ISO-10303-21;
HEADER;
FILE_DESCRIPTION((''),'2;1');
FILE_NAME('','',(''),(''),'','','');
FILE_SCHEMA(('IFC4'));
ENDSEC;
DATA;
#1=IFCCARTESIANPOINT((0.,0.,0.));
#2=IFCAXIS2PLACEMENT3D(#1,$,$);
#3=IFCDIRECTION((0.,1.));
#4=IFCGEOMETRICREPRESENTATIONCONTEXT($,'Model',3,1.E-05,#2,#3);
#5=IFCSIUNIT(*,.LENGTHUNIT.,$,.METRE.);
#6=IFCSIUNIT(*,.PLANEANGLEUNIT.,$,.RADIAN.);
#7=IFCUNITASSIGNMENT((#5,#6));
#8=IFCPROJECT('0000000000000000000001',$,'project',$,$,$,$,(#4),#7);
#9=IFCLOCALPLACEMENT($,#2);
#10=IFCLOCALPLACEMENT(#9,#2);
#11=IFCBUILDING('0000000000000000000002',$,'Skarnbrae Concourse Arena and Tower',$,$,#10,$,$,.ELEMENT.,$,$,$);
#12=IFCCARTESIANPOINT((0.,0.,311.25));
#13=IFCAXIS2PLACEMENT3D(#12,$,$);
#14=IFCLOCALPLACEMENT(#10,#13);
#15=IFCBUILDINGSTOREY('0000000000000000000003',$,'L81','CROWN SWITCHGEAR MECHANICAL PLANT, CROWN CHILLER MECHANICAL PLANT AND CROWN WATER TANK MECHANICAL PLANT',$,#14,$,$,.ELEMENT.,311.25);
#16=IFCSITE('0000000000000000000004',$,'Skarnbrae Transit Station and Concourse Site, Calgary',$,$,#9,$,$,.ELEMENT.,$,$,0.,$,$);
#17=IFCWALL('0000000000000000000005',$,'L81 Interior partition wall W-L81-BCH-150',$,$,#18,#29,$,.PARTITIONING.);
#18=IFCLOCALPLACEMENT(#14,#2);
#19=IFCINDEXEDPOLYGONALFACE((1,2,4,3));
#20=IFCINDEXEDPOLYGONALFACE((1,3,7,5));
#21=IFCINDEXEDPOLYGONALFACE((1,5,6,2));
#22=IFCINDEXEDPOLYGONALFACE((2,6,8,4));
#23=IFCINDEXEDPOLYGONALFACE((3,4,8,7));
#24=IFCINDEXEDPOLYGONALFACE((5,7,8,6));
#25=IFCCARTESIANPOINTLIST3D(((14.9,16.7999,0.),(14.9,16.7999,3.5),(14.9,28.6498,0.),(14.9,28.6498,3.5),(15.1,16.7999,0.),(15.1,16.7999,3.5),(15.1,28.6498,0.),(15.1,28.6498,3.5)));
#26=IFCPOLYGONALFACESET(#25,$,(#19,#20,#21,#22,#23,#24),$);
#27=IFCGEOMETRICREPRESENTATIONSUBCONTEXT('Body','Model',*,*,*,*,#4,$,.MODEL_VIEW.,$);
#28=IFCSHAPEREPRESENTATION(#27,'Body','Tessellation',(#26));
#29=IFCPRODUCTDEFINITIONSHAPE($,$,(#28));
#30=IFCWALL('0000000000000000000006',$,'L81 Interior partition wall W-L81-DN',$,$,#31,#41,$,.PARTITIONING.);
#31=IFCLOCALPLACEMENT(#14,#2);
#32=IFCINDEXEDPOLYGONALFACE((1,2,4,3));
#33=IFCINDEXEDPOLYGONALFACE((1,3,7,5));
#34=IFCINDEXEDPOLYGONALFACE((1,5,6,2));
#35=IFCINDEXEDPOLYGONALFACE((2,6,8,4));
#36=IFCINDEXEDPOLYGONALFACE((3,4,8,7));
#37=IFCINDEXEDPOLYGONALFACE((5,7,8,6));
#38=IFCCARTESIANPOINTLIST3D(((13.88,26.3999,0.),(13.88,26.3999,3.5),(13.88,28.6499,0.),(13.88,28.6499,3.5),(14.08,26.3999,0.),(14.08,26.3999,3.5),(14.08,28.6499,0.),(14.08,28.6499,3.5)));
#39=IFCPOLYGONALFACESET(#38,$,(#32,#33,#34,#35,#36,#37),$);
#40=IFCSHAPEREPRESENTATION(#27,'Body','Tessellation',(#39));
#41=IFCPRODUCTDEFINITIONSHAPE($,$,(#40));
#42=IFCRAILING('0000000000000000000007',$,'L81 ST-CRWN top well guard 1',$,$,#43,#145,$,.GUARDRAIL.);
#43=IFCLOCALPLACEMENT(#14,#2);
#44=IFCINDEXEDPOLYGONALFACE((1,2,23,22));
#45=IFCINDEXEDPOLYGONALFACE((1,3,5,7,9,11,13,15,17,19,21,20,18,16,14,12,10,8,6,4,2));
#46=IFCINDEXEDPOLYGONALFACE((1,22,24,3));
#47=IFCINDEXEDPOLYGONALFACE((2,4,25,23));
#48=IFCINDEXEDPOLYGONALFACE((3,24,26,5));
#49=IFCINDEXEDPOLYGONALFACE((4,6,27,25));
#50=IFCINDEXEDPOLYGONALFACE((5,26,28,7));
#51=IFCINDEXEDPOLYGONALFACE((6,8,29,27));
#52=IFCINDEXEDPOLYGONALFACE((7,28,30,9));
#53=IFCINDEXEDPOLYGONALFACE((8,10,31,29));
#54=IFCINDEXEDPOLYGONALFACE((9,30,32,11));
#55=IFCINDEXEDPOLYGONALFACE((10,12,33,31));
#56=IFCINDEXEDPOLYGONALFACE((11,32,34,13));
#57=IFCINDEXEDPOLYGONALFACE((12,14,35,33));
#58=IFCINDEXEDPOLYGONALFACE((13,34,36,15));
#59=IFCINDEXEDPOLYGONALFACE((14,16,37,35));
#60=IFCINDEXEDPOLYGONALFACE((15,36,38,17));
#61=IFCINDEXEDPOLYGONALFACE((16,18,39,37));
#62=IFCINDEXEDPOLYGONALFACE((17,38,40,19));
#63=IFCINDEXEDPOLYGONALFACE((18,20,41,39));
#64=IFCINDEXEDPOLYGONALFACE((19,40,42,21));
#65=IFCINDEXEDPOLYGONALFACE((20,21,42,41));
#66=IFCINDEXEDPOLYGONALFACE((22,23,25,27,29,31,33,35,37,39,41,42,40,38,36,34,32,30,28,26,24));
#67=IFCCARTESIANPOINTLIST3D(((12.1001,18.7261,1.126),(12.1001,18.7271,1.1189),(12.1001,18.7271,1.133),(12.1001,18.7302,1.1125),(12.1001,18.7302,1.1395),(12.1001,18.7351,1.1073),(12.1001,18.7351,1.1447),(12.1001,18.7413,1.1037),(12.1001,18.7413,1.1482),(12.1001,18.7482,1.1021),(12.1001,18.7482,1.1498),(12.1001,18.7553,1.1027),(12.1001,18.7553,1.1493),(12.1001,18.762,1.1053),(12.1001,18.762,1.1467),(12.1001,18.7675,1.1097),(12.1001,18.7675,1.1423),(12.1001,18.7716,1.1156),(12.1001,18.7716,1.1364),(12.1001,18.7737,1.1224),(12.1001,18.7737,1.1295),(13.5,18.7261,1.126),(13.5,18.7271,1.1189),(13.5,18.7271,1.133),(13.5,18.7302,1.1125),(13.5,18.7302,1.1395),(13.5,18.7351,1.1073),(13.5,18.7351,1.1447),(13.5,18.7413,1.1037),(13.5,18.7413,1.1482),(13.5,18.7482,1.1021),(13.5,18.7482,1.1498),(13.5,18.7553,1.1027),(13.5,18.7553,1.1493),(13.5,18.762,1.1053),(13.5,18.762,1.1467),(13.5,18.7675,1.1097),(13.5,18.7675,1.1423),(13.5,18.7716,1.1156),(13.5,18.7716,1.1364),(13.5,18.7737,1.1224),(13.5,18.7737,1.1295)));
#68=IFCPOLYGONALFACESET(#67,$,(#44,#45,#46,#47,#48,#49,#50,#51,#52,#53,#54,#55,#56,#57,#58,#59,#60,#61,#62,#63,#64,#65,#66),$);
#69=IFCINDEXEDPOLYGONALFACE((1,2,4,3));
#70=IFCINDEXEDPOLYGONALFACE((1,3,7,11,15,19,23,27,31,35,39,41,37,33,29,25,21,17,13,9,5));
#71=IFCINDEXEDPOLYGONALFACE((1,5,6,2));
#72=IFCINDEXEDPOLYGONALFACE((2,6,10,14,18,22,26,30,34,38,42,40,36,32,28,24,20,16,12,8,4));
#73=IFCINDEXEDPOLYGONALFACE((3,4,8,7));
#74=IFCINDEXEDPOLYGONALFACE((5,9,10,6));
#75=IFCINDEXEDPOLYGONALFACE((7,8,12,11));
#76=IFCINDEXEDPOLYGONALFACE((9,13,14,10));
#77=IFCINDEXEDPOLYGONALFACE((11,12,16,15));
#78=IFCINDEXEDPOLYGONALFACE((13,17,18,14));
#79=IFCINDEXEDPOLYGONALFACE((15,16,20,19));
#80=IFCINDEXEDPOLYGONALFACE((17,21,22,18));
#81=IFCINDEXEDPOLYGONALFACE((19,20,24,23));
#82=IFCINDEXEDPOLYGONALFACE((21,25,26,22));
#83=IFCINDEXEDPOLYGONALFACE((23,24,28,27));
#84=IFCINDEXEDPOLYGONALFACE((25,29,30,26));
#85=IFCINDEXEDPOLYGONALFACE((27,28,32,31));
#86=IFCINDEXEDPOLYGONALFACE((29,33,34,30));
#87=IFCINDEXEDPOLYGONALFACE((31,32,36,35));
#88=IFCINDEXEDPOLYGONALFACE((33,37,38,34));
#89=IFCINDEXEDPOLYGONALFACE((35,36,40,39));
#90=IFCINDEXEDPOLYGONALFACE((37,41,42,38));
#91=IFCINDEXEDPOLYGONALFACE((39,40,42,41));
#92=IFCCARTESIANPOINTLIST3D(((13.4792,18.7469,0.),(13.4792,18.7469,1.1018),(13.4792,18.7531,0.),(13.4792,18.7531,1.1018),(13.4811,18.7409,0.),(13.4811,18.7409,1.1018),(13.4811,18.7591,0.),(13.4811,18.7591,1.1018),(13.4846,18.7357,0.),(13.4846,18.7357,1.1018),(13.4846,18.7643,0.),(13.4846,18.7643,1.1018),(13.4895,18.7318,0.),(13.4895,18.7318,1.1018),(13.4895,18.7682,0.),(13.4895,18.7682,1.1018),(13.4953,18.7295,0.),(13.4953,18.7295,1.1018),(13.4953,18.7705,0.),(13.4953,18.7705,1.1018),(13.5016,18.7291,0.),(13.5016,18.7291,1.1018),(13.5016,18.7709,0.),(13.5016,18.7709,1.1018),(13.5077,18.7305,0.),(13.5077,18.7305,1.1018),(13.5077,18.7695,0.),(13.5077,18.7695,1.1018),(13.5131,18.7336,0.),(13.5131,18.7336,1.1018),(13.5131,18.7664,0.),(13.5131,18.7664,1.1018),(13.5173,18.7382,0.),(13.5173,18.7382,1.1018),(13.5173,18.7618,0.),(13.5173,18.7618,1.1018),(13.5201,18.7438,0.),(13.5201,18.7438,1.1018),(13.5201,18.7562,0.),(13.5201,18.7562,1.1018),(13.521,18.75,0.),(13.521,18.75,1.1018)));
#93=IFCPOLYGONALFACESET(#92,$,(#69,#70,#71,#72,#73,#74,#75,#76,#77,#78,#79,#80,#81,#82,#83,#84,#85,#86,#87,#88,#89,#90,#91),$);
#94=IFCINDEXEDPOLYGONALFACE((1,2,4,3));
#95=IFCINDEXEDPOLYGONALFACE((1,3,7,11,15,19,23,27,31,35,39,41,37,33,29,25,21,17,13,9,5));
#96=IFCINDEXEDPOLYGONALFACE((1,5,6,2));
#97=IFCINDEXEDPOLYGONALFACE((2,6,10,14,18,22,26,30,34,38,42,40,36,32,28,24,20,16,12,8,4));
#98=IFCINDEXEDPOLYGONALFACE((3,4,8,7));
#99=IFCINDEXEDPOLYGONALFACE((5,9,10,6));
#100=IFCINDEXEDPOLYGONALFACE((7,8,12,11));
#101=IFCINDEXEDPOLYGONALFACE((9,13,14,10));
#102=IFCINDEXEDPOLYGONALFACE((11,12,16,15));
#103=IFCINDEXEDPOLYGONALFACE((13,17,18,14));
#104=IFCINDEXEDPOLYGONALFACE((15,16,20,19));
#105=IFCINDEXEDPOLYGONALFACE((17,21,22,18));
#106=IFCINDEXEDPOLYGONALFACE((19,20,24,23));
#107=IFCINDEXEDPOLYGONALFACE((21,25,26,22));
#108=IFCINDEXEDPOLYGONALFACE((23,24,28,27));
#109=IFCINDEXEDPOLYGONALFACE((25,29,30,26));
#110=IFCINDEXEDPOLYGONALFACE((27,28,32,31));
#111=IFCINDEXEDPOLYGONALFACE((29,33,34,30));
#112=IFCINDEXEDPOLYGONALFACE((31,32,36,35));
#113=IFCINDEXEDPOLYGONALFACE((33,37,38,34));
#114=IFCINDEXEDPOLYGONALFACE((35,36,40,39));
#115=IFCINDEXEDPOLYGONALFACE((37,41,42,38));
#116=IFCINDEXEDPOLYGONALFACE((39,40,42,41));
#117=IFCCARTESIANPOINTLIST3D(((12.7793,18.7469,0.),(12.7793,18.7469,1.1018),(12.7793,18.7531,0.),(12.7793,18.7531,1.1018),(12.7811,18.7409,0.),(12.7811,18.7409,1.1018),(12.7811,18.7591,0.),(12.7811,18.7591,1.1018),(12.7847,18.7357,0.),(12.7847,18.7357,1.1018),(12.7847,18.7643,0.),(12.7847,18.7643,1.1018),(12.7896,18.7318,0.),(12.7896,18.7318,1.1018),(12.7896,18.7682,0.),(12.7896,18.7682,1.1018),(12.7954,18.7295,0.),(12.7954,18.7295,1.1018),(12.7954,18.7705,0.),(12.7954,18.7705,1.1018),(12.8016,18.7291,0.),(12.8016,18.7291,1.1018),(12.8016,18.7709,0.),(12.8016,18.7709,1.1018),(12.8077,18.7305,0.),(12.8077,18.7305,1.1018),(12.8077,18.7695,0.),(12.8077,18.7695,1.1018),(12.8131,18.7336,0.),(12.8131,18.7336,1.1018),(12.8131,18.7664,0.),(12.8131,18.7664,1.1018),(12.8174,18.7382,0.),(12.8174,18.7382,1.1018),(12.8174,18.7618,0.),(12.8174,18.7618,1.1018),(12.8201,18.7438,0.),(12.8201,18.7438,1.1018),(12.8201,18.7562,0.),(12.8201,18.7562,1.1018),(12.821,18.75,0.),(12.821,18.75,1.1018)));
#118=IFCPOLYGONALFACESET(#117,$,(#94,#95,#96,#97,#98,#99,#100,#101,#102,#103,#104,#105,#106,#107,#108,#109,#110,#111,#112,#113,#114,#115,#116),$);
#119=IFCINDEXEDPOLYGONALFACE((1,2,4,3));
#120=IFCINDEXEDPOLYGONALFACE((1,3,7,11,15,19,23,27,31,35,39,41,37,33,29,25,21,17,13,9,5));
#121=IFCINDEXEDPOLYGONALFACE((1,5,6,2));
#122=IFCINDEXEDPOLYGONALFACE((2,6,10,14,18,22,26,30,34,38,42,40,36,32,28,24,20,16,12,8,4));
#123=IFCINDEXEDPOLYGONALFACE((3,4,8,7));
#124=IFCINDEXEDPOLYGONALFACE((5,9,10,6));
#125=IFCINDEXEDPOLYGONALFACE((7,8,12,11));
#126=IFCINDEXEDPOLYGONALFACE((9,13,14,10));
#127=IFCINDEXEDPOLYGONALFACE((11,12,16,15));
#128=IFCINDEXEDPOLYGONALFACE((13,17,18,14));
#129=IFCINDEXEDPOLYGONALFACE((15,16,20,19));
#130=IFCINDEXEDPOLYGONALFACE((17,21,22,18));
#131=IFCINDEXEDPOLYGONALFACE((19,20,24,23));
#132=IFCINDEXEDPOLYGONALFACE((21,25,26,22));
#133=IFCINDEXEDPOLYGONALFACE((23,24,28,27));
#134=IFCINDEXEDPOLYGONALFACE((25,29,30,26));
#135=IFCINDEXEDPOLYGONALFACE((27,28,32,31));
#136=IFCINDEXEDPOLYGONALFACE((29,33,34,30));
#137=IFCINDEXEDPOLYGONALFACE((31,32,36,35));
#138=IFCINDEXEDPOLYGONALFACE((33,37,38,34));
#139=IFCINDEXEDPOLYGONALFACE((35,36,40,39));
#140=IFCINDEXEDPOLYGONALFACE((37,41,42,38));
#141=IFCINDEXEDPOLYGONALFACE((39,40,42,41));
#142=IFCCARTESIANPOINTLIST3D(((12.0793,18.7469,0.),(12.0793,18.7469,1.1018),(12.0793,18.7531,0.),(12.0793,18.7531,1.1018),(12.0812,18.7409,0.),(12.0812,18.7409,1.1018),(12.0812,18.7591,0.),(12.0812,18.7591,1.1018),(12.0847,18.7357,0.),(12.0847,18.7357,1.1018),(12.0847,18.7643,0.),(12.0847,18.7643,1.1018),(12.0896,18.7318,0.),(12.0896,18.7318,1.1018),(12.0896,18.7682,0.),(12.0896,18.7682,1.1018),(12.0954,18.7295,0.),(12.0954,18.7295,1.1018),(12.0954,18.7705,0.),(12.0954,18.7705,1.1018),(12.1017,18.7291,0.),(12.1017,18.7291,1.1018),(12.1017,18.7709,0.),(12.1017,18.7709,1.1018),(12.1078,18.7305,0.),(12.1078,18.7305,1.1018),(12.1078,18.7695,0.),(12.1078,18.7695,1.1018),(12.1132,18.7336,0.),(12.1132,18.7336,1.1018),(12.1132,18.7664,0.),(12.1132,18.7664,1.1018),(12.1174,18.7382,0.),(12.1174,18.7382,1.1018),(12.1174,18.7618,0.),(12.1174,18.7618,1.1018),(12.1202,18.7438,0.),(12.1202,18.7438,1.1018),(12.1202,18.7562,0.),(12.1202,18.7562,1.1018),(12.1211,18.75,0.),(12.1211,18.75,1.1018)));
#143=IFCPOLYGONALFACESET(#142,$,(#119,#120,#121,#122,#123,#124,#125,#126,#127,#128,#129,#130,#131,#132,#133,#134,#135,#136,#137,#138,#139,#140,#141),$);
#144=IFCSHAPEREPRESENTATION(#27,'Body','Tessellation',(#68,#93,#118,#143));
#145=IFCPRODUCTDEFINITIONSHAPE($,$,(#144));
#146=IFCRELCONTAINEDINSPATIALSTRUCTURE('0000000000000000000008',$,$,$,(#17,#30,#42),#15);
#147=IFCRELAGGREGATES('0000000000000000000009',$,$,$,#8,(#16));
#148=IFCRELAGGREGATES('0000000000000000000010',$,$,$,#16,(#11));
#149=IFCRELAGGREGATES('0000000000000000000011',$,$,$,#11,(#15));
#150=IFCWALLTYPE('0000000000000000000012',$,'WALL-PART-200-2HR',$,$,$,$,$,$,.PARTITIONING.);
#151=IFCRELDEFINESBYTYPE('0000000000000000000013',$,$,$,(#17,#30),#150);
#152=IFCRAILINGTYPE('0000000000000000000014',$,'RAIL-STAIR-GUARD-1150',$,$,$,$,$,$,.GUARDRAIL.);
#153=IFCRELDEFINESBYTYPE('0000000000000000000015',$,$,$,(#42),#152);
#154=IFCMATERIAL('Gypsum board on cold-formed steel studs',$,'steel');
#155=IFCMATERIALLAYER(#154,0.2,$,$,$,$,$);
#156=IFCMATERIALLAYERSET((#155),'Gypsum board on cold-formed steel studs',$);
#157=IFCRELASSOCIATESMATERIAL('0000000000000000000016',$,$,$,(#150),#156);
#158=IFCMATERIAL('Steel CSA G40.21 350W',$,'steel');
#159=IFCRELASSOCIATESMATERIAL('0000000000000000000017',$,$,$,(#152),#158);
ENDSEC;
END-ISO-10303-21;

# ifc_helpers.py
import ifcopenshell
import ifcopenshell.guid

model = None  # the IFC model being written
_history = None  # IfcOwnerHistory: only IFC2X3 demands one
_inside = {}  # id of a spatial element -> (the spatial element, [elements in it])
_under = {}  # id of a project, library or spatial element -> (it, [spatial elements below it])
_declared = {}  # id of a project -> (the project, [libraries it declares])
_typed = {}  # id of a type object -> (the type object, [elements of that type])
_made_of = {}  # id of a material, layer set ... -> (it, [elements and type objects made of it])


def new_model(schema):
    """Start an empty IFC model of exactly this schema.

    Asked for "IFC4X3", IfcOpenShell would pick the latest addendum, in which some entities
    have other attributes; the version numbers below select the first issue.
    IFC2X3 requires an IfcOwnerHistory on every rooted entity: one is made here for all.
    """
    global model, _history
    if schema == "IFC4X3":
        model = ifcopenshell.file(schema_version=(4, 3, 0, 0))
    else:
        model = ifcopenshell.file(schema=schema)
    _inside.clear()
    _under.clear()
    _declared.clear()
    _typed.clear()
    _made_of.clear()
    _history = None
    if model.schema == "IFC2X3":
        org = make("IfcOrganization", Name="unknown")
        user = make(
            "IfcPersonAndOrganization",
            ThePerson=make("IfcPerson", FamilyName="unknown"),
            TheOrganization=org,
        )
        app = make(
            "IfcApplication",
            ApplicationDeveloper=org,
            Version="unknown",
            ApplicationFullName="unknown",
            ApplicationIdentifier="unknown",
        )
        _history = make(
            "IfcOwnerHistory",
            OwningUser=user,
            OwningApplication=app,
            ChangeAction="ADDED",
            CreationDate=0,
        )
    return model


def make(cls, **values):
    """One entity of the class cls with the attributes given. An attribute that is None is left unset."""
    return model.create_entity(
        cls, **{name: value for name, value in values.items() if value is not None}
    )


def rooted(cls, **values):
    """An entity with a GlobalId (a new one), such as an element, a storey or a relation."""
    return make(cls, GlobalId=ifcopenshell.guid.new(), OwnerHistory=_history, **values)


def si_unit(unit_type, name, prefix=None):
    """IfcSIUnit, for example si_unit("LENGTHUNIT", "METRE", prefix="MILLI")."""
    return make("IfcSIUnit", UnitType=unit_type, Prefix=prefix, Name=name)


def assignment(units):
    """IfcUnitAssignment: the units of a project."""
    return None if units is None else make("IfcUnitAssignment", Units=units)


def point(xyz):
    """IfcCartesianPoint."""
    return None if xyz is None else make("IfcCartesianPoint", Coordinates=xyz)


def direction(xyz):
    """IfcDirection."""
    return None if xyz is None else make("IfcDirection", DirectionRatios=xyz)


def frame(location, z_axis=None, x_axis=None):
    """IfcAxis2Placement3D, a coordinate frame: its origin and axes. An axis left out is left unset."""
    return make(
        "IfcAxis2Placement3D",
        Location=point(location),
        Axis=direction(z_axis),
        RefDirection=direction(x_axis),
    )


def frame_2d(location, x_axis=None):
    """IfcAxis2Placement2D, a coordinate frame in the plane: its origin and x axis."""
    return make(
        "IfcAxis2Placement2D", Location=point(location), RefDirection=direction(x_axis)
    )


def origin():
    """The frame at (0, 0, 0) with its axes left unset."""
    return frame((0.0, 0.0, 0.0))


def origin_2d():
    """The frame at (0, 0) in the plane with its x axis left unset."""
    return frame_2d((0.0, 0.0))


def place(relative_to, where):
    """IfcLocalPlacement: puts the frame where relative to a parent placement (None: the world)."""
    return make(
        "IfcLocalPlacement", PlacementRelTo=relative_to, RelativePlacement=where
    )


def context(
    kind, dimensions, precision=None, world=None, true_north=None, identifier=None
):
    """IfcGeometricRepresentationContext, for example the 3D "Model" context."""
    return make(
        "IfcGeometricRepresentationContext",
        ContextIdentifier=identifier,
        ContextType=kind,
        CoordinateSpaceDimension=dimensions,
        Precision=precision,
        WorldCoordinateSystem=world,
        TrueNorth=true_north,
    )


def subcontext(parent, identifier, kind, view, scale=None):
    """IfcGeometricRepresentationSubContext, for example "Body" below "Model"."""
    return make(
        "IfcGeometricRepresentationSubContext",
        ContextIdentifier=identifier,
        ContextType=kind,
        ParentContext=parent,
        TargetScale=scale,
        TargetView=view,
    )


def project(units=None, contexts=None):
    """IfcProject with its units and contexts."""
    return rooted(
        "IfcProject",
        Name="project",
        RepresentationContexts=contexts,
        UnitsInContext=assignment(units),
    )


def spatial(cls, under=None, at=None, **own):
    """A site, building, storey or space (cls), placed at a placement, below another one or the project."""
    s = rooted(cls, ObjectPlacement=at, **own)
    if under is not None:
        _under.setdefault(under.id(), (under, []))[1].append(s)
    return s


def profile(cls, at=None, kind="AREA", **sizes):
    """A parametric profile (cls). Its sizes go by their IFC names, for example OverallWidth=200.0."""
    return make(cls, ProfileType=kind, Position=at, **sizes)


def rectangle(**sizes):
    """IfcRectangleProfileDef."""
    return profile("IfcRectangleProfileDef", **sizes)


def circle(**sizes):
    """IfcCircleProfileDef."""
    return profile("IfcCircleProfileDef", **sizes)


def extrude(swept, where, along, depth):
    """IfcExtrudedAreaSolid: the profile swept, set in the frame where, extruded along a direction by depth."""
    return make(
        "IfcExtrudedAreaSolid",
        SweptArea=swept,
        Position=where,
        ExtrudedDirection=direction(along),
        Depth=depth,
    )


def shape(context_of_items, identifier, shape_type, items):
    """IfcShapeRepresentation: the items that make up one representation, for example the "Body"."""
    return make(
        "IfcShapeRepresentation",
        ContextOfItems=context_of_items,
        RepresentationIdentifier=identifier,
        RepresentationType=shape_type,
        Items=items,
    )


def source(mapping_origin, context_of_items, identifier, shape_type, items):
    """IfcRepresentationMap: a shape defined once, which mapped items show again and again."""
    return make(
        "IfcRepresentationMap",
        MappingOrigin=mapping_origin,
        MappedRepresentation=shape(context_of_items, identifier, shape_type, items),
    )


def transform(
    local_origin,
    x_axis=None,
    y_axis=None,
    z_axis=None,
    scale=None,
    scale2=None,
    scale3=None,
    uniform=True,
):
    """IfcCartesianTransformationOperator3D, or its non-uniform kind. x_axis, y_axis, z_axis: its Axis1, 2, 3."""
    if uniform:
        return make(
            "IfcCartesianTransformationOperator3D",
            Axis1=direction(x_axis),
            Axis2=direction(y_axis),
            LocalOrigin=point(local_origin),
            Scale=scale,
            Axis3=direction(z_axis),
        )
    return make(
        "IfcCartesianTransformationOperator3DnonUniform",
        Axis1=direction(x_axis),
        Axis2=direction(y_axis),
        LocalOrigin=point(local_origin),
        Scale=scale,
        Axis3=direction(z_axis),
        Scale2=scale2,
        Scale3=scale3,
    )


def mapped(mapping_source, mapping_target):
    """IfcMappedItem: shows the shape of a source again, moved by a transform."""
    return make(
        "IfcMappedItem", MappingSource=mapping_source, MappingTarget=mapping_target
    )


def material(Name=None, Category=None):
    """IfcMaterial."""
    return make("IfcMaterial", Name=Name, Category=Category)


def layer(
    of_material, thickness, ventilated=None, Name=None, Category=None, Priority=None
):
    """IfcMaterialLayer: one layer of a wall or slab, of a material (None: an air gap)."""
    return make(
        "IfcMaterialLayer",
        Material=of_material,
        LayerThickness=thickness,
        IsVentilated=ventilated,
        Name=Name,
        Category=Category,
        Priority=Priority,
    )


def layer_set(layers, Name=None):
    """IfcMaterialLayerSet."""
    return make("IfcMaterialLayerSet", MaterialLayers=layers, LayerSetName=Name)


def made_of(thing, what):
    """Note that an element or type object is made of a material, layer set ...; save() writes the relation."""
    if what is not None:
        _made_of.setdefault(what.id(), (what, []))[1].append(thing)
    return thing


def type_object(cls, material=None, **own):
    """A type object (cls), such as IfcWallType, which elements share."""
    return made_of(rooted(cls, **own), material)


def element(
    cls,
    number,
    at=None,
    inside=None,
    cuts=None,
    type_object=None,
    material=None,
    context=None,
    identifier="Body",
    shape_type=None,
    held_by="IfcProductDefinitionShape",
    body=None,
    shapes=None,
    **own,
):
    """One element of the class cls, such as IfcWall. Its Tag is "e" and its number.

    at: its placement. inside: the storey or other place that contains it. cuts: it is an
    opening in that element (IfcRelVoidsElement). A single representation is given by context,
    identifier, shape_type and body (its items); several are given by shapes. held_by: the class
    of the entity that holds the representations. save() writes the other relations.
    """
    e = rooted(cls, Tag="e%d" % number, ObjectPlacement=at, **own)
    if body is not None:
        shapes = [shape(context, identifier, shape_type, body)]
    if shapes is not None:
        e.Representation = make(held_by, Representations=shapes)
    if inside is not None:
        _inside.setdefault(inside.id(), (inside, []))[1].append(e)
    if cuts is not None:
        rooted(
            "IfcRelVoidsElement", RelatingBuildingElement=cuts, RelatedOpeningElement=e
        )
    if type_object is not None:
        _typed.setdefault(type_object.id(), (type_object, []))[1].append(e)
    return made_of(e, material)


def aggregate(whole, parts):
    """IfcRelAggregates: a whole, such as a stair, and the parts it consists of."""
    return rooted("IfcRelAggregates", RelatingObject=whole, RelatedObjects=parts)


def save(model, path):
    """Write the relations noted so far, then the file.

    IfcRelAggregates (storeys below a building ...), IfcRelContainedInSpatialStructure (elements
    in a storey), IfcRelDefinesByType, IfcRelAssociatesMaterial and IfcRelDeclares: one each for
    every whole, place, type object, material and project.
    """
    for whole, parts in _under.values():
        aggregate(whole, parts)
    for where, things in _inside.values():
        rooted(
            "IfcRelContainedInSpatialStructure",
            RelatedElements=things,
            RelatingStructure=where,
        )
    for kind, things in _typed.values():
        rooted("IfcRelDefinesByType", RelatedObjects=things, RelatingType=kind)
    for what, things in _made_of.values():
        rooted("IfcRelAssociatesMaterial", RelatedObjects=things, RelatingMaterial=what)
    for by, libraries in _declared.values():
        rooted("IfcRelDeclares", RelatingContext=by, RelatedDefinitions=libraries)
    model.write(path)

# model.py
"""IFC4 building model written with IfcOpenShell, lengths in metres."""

from ifc_helpers import new_model, si_unit, direction, frame, frame_2d, origin, origin_2d, place, context, subcontext, project, spatial, rectangle, circle, extrude, source, transform, mapped, material, layer, layer_set, type_object, element, save


model = new_model("IFC4")

# Units and contexts
model_context = context("Model", 3, precision=1e-05, world=origin(), true_north=direction((0.0, 1.0)))
body_context = subcontext(model_context, "Body", "Model", "MODEL_VIEW")
ifc_project = project(units=[si_unit("LENGTHUNIT", "METRE"), si_unit("PLANEANGLEUNIT", "RADIAN")], contexts=[model_context])

# Site, building, storey
site_placement = place(None, origin())
site = spatial("IfcSite", under=ifc_project, at=site_placement, Name="Skarnbrae Transit Station and Concourse Site, Calgary", CompositionType="ELEMENT", RefElevation=0.0)
building_placement = place(site_placement, origin())
building = spatial("IfcBuilding", under=site, at=building_placement, Name="Skarnbrae Concourse Arena and Tower", CompositionType="ELEMENT")
storey_placement = place(building_placement, frame((0.0, 0.0, 311.25)))
storey = spatial("IfcBuildingStorey", under=building, at=storey_placement, Name="L81", Description="CROWN SWITCHGEAR MECHANICAL PLANT, CROWN CHILLER MECHANICAL PLANT AND CROWN WATER TANK MECHANICAL PLANT", CompositionType="ELEMENT", Elevation=311.25)

# Shared definitions
ifc_material_1 = material(Name="Steel CSA G40.21 350W", Category="steel")

# Walls
ifc_material_2 = material(Name="Gypsum board on cold-formed steel studs", Category="steel")
ifc_layer_1 = layer(ifc_material_2, 0.2)
ifc_layer_set_1 = layer_set([ifc_layer_1], Name="Gypsum board on cold-formed steel studs")
wall_type_1 = type_object("IfcWallType", Name="WALL-PART-200-2HR", PredefinedType="PARTITIONING", material=ifc_layer_set_1)
shared_shape_1 = source(origin(), body_context, "Body", "SweptSolid", [
    extrude(rectangle(XDim=11.8499, YDim=0.2, at=frame_2d((5.9248, 0.0))), origin(), (0.0, 0.0, 1.0), 3.5),
])
wall_1_placement = place(storey_placement, frame((15.0, 16.8, 0.0), z_axis=(0.0, 0.0, 1.0), x_axis=(0.0, 1.0, 0.0)))
element("IfcWall", 1, at=wall_1_placement, inside=storey, type_object=wall_type_1, Name="L81 Interior partition wall W-L81-BCH-150", PredefinedType="PARTITIONING", context=body_context, shape_type="MappedRepresentation", body=[
    mapped(shared_shape_1, transform((0.0, 0.0, 0.0))),
])
shared_shape_2 = source(origin(), body_context, "Body", "SweptSolid", [
    extrude(rectangle(XDim=2.25, YDim=0.2, at=frame_2d((1.125, 0.0))), origin(), (0.0, 0.0, 1.0), 3.5),
])
wall_2_placement = place(storey_placement, frame((13.98, 26.3999, 0.0), z_axis=(0.0, 0.0, 1.0), x_axis=(0.0, 1.0, 0.0)))
element("IfcWall", 2, at=wall_2_placement, inside=storey, type_object=wall_type_1, Name="L81 Interior partition wall W-L81-DN", PredefinedType="PARTITIONING", context=body_context, shape_type="MappedRepresentation", body=[
    mapped(shared_shape_2, transform((0.0, 0.0, 0.0))),
])

# Railing
railing_type = type_object("IfcRailingType", Name="RAIL-STAIR-GUARD-1150", PredefinedType="GUARDRAIL", material=ifc_material_1)
for number, where, name in (
    (3, (13.5, 18.75, 0.0), "L81 ST-CRWN top well guard 1"),
):
    element("IfcRailing", number, at=place(storey_placement, frame(where)), inside=storey, type_object=railing_type, Name=name, PredefinedType="GUARDRAIL", context=body_context, shape_type="SweptSolid", body=[
        extrude(circle(Radius=0.0239, at=origin_2d()), frame((0.0, 0.0, 1.126), z_axis=(-1.0, 0.0, 0.0), x_axis=(0.0, -1.0, 0.0)), (0.0, 0.0, 1.0), 1.3999),
        extrude(circle(Radius=0.021, at=origin_2d()), origin(), (0.0, 0.0, 1.0), 1.1018),
        extrude(circle(Radius=0.021, at=origin_2d()), frame((-0.7, 0.0, 0.0)), (0.0, 0.0, 1.0), 1.1018),
        extrude(circle(Radius=0.021, at=origin_2d()), frame((-1.3999, 0.0, 0.0)), (0.0, 0.0, 1.0), 1.1018),
    ])

save(model, "model.ifc")
